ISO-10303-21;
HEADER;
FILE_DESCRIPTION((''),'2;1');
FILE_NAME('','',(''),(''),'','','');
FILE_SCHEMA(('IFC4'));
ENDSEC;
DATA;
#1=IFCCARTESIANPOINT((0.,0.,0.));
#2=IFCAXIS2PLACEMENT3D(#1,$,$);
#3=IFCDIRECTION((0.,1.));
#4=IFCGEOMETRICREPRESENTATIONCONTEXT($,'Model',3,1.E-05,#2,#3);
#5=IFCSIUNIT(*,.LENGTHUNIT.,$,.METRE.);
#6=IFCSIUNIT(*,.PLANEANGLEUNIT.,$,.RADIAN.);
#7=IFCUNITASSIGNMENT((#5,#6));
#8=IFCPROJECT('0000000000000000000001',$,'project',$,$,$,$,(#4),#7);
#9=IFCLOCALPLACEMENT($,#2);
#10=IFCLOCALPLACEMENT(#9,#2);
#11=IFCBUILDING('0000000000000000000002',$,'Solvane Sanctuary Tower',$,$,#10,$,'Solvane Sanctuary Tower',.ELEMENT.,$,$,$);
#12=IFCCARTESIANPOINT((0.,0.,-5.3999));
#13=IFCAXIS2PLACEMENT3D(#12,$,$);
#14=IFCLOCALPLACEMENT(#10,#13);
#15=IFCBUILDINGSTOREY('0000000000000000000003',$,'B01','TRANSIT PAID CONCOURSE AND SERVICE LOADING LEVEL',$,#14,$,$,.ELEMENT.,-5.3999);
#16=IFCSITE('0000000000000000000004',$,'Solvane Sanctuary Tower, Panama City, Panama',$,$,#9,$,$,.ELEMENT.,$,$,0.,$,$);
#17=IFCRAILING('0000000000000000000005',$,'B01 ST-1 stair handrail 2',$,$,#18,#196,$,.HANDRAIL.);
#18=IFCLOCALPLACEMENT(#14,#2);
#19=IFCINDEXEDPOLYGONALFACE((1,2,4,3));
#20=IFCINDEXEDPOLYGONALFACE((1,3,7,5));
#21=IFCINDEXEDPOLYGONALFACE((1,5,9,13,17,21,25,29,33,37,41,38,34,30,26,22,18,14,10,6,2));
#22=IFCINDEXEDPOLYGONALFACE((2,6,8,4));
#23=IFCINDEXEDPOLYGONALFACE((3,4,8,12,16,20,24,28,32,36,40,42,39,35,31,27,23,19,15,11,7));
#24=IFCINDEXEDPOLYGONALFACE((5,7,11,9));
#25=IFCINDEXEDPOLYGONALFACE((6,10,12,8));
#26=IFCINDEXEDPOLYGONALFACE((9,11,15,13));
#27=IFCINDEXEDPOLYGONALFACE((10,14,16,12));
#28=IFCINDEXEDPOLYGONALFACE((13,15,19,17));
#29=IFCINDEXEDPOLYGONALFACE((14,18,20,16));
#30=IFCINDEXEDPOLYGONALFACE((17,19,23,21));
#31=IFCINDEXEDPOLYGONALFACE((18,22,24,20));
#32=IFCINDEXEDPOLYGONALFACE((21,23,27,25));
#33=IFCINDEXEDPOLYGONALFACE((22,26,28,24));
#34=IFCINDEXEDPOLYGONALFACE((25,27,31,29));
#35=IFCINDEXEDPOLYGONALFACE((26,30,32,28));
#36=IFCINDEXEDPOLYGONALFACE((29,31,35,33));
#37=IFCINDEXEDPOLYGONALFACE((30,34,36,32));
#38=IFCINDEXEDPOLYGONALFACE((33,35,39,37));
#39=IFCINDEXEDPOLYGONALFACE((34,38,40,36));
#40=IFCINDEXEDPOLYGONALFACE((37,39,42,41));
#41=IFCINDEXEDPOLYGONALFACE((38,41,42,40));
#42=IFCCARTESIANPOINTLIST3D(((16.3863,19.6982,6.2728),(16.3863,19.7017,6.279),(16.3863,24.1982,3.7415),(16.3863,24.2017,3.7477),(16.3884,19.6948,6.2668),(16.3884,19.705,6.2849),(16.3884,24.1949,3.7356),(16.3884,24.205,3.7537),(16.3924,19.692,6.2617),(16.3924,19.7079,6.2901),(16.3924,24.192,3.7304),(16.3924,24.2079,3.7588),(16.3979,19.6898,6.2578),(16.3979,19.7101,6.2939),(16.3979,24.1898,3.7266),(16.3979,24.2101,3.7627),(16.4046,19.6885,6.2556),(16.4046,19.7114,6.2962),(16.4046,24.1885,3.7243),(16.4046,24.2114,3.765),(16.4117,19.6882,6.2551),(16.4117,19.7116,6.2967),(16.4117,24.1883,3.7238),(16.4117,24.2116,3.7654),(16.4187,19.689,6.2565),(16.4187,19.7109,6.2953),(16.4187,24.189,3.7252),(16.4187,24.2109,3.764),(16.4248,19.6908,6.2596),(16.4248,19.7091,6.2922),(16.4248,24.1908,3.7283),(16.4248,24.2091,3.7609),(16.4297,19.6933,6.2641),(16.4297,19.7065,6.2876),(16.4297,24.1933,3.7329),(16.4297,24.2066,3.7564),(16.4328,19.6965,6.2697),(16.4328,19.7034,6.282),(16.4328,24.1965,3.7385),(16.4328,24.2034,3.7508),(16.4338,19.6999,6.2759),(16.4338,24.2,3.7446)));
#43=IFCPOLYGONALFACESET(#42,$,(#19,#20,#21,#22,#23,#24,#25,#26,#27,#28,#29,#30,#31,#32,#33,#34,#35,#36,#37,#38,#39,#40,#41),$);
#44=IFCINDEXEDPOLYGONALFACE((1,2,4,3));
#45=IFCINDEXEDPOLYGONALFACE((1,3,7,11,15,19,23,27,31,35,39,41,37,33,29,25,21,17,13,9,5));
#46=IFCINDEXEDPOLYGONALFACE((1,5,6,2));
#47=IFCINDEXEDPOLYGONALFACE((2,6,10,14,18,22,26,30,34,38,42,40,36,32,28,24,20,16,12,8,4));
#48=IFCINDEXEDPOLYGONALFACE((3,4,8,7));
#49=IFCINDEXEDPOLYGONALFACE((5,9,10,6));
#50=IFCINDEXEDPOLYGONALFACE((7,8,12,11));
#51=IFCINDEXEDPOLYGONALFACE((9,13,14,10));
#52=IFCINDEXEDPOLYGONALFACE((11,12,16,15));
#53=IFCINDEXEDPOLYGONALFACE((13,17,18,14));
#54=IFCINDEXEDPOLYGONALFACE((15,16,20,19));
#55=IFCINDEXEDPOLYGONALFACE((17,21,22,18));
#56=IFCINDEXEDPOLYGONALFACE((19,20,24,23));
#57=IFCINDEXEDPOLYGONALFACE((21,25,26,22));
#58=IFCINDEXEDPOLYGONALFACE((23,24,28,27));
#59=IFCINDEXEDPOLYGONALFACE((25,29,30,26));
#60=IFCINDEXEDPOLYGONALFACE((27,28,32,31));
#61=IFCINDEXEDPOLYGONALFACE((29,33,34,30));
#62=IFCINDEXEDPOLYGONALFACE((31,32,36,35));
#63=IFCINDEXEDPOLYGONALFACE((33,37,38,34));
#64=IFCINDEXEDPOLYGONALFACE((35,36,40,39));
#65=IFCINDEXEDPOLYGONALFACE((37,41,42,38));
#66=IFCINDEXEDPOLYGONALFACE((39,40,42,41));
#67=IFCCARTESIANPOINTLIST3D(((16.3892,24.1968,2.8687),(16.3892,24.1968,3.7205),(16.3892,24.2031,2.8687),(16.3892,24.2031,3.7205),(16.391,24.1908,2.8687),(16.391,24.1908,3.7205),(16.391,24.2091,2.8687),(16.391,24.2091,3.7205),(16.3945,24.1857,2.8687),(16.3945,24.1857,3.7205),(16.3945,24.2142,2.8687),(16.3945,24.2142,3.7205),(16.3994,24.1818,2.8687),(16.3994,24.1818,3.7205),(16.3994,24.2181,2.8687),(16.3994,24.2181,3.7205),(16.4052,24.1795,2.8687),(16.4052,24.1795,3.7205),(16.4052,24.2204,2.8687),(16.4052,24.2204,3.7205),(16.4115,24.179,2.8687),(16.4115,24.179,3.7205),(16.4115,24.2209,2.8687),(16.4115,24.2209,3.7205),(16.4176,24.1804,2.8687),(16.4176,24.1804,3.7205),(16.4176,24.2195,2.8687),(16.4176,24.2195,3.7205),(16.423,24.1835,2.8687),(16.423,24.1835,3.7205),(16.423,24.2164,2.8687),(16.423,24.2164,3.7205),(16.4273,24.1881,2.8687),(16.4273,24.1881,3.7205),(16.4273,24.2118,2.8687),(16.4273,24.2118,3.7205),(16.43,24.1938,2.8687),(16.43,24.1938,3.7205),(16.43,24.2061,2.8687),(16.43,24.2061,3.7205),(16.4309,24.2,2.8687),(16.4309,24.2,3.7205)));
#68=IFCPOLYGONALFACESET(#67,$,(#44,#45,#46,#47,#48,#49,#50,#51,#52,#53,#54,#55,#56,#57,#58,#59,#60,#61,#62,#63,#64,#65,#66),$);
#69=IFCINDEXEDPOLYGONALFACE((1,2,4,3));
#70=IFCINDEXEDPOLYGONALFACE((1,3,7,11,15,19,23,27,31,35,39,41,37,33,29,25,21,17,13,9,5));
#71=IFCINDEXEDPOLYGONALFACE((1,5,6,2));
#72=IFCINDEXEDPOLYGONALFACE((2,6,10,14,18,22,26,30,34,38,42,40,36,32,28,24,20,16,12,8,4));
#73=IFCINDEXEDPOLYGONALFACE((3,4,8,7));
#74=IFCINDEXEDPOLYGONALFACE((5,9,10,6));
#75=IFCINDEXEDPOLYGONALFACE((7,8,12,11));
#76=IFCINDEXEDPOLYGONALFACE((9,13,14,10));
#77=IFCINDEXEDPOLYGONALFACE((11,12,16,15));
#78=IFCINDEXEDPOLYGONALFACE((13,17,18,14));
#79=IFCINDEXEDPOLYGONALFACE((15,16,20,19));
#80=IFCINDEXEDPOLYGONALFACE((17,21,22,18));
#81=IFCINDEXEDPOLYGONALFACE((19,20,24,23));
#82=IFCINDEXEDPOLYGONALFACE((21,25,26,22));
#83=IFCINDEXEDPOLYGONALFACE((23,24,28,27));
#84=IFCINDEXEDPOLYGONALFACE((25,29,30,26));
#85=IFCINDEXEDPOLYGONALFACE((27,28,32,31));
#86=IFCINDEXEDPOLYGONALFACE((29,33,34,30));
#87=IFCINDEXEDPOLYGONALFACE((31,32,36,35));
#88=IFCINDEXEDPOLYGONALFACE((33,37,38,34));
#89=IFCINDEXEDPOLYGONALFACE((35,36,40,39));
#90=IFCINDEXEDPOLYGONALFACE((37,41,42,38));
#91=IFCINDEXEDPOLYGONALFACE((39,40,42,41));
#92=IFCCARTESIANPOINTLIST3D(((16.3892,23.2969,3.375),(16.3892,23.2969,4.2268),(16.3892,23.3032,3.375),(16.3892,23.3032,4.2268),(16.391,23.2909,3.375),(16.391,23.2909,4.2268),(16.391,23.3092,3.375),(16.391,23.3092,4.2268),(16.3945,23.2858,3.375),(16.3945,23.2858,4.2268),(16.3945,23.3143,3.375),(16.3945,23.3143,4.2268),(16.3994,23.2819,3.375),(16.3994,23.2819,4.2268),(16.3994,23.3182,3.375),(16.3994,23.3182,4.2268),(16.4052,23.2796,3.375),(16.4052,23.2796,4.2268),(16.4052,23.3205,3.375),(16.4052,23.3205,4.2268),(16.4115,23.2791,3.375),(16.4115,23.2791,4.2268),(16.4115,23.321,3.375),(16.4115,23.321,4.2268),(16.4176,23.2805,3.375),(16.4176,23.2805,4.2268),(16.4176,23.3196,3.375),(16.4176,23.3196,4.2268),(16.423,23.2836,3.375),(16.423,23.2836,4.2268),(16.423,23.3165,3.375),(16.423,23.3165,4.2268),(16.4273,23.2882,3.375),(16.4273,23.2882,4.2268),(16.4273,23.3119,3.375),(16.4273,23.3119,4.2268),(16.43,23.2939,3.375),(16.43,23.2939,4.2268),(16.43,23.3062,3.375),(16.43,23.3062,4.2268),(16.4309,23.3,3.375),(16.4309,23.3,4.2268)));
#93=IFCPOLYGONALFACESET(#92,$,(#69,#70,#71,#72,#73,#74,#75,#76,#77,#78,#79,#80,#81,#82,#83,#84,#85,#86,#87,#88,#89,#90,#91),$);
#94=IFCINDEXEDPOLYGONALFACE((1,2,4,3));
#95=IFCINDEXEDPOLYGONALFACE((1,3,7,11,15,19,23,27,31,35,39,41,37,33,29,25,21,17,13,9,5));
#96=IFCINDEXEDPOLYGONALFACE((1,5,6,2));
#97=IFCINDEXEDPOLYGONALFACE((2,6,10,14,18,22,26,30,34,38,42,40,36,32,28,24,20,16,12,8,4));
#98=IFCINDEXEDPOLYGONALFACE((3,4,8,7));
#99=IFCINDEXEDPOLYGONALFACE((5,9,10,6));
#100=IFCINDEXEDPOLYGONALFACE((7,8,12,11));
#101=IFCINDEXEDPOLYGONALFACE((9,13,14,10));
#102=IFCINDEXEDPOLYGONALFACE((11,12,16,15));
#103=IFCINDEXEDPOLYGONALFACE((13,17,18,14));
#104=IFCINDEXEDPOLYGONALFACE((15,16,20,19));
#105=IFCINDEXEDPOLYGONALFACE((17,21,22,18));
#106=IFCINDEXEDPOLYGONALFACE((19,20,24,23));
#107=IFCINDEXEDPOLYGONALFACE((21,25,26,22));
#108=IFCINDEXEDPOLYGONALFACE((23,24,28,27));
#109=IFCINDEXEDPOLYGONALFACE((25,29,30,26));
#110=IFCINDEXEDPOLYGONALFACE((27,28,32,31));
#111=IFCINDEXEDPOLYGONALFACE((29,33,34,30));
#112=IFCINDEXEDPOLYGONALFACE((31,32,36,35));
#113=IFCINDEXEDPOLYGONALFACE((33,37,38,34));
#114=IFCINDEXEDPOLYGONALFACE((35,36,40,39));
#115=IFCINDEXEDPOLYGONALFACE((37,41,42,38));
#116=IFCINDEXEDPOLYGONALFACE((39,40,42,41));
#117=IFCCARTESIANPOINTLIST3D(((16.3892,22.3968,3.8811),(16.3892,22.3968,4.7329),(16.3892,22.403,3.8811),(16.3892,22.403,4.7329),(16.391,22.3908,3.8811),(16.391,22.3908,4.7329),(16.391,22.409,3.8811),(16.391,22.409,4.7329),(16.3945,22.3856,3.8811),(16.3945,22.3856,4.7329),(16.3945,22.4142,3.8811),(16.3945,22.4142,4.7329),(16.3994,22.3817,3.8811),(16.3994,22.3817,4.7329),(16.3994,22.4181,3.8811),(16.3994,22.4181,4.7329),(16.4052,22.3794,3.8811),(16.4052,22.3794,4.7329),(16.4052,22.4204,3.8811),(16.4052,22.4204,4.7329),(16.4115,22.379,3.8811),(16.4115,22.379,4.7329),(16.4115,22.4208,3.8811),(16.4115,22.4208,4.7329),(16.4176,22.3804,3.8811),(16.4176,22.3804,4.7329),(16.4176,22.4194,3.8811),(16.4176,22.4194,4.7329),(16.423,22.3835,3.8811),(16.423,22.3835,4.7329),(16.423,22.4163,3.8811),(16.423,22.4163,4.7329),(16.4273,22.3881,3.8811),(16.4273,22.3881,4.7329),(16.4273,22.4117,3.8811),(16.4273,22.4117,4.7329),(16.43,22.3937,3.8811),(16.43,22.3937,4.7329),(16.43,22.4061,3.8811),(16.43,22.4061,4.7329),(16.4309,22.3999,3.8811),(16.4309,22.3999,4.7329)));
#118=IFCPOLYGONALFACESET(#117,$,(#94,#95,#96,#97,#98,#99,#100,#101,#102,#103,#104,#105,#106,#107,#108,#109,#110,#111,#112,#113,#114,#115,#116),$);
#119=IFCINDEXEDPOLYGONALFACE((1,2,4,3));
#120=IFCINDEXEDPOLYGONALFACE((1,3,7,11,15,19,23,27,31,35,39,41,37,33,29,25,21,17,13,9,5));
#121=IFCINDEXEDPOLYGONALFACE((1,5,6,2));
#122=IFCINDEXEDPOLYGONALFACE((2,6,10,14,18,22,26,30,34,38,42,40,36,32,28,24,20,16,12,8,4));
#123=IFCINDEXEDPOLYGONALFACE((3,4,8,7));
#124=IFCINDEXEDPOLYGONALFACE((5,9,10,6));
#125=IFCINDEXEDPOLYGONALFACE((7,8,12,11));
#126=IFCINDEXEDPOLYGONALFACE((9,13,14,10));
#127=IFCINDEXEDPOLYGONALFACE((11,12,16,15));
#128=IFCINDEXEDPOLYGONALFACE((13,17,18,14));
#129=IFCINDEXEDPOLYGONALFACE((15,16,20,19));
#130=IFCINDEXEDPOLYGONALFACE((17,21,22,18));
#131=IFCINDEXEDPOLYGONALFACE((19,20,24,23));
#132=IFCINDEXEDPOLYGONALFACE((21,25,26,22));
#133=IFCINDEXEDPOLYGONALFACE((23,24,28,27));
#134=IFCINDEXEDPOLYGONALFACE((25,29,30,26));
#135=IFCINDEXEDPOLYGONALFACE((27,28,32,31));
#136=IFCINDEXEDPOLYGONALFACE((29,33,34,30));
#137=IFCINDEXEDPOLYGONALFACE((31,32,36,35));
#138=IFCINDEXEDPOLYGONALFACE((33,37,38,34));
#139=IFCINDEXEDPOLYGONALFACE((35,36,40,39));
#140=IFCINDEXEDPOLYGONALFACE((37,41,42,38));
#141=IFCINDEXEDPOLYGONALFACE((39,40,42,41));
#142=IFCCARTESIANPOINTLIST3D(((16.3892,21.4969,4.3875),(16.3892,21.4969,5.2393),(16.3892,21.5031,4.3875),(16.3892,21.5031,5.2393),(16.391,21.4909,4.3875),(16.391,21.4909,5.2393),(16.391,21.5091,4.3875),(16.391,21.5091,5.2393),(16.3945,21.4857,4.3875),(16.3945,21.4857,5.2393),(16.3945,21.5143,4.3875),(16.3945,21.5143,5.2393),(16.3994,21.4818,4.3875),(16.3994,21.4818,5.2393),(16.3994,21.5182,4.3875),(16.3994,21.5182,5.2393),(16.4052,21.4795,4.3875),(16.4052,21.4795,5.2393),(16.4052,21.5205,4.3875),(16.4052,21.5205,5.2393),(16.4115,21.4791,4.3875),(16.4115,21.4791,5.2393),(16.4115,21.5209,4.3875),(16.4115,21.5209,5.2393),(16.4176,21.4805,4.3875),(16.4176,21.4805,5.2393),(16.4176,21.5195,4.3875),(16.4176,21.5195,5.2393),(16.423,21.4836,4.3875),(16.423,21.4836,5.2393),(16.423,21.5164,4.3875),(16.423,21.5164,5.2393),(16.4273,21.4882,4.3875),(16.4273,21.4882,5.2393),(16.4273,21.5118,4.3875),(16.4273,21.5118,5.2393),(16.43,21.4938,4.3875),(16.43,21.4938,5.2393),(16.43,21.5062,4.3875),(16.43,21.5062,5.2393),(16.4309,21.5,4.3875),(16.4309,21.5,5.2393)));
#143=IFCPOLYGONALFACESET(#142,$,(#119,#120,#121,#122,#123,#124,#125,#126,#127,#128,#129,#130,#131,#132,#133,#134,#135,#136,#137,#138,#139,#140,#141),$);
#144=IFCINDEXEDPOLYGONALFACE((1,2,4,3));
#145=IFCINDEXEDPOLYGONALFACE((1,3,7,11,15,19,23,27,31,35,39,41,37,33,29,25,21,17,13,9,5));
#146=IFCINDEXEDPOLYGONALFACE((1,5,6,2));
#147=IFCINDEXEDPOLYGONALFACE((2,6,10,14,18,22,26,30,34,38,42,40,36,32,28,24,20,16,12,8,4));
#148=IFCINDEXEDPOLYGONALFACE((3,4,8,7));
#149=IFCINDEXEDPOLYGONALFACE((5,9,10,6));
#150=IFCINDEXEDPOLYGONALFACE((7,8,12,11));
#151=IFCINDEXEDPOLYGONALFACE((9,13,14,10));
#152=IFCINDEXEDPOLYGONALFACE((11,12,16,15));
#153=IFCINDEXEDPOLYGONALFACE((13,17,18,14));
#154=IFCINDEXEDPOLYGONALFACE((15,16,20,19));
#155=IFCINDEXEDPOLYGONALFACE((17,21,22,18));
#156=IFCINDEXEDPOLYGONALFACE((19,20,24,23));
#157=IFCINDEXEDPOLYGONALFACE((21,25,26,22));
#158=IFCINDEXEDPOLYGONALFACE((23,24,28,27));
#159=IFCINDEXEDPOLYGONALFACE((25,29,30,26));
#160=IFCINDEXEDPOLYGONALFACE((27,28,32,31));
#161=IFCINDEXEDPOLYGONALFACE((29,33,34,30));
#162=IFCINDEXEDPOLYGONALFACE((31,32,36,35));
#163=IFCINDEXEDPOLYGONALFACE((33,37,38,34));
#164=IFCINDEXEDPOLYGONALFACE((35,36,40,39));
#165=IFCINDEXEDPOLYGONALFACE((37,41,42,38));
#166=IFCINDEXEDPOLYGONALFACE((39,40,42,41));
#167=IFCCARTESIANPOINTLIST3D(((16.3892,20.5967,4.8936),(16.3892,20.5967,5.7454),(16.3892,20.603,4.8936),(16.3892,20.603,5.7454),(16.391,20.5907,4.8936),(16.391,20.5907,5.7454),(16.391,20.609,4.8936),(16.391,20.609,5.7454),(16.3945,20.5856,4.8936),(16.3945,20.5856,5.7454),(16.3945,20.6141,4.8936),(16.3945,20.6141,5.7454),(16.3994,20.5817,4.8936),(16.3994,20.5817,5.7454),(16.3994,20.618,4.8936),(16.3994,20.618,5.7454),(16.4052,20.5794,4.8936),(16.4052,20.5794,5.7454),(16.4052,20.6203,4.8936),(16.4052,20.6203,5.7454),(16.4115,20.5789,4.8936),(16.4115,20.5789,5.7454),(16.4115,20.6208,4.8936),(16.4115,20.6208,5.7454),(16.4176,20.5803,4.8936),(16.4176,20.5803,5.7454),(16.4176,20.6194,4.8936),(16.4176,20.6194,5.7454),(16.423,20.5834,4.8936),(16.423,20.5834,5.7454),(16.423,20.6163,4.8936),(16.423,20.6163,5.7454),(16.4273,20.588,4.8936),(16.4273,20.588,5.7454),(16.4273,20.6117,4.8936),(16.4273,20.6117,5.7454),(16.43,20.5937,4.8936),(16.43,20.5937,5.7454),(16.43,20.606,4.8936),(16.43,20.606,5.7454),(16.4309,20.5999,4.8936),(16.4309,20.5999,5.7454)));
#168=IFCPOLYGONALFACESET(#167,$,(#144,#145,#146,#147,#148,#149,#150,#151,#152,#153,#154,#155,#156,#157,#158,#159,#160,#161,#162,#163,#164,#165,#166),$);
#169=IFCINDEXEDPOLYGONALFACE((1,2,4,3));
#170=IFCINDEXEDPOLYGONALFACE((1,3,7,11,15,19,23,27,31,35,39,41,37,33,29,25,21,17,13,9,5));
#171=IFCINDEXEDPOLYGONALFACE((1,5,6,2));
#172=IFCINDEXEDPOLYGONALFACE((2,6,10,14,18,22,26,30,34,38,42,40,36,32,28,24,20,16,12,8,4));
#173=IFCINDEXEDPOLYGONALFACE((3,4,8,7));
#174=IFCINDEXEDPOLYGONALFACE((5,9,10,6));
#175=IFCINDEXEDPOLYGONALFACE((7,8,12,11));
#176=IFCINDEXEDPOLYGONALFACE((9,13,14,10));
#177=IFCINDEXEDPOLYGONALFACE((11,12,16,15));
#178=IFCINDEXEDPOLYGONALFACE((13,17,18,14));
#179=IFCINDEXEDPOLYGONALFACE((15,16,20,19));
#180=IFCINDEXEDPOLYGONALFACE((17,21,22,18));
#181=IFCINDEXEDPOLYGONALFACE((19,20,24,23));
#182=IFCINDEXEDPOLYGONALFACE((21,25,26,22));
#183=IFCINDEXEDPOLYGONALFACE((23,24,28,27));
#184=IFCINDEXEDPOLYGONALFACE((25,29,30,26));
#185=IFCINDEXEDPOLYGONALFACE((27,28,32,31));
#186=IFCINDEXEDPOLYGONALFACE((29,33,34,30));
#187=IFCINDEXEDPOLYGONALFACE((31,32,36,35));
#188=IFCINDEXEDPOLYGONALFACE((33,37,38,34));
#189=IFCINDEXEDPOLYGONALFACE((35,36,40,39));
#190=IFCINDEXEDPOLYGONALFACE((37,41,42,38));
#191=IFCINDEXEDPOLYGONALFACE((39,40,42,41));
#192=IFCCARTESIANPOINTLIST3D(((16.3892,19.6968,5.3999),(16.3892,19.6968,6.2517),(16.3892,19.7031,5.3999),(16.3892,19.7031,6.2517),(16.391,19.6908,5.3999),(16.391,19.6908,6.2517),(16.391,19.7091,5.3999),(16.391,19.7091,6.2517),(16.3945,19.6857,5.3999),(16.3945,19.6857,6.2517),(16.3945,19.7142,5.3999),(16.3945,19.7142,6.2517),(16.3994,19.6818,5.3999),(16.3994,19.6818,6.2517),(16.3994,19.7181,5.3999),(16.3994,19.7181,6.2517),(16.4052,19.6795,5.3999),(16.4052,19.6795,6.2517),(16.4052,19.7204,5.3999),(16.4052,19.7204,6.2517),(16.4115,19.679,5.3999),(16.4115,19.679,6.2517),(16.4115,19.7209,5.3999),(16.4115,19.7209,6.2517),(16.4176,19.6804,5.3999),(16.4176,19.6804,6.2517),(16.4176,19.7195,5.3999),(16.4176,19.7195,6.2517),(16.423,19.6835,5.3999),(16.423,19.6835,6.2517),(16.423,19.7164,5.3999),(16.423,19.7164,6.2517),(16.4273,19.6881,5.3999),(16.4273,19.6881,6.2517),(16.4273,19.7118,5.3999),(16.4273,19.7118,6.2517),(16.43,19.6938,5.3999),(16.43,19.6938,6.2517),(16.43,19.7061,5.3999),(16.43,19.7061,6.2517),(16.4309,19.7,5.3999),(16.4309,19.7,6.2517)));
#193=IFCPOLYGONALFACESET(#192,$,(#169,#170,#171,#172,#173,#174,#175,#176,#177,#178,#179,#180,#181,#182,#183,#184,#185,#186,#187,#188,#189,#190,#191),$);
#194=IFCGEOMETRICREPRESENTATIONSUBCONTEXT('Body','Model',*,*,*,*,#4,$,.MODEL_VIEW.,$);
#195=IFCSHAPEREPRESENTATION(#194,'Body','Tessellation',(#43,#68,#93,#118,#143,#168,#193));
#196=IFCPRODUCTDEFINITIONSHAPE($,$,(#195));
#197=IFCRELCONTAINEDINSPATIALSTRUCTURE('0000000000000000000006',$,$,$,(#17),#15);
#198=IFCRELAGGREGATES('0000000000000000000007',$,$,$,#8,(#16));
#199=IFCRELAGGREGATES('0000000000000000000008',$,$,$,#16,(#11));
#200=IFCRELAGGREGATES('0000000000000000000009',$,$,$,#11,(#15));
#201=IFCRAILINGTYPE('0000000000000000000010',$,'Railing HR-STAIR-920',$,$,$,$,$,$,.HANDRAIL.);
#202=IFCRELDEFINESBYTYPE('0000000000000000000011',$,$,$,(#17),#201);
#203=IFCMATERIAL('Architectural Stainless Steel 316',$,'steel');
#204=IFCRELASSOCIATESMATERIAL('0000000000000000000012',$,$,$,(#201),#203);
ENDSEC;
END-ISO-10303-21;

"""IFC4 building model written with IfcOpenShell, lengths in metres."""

from ifc_helpers import new_model, si_unit, direction, frame, origin, origin_2d, place, context, subcontext, project, spatial, circle, extrude, material, type_object, element, save


model = new_model("IFC4")

# Units and contexts
model_context = context("Model", 3, precision=1e-05, world=origin(), true_north=direction((0.0, 1.0)))
body_context = subcontext(model_context, "Body", "Model", "MODEL_VIEW")
ifc_project = project(units=[si_unit("LENGTHUNIT", "METRE"), si_unit("PLANEANGLEUNIT", "RADIAN")], contexts=[model_context])

# Site, building, storey
site_placement = place(None, origin())
site = spatial("IfcSite", under=ifc_project, at=site_placement, Name="Solvane Sanctuary Tower, Panama City, Panama", CompositionType="ELEMENT", RefElevation=0.0)
building_placement = place(site_placement, origin())
building = spatial("IfcBuilding", under=site, at=building_placement, Name="Solvane Sanctuary Tower", LongName="Solvane Sanctuary Tower", CompositionType="ELEMENT")
storey_placement = place(building_placement, frame((0.0, 0.0, -5.3999)))
storey = spatial("IfcBuildingStorey", under=building, at=storey_placement, Name="B01", Description="TRANSIT PAID CONCOURSE AND SERVICE LOADING LEVEL", CompositionType="ELEMENT", Elevation=-5.3999)

# Shared definitions
ifc_material_1 = material(Name="Architectural Stainless Steel 316", Category="steel")

# Railing
railing_type_1 = type_object("IfcRailingType", Name="Railing HR-STAIR-920", PredefinedType="HANDRAIL", material=ifc_material_1)
railing_1_placement = place(storey_placement, frame((16.4099, 24.2, 2.8687)))
element("IfcRailing", 1, at=railing_1_placement, inside=storey, type_object=railing_type_1, Name="B01 ST-1 stair handrail 2", PredefinedType="HANDRAIL", context=body_context, shape_type="SweptSolid", body=[
    extrude(circle(Radius=0.0239, at=origin_2d()), frame((0.0, 0.0, 0.876), z_axis=(0.0, -0.871576, 0.490261), x_axis=(1.0, 0.0, 0.0)), (0.0, 0.0, 1.0), 5.1631),
    extrude(circle(Radius=0.021, at=origin_2d()), origin(), (0.0, 0.0, 1.0), 0.8518),
    extrude(circle(Radius=0.021, at=origin_2d()), frame((0.0, -0.8999, 0.5063)), (0.0, 0.0, 1.0), 0.8518),
    extrude(circle(Radius=0.021, at=origin_2d()), frame((0.0, -1.8, 1.0125)), (0.0, 0.0, 1.0), 0.8518),
    extrude(circle(Radius=0.021, at=origin_2d()), frame((0.0, -2.7, 1.5188)), (0.0, 0.0, 1.0), 0.8518),
    extrude(circle(Radius=0.021, at=origin_2d()), frame((0.0, -3.6001, 2.0249)), (0.0, 0.0, 1.0), 0.8518),
    extrude(circle(Radius=0.021, at=origin_2d()), frame((0.0, -4.5, 2.5312)), (0.0, 0.0, 1.0), 0.8518),
])

save(model, "model.ifc")
